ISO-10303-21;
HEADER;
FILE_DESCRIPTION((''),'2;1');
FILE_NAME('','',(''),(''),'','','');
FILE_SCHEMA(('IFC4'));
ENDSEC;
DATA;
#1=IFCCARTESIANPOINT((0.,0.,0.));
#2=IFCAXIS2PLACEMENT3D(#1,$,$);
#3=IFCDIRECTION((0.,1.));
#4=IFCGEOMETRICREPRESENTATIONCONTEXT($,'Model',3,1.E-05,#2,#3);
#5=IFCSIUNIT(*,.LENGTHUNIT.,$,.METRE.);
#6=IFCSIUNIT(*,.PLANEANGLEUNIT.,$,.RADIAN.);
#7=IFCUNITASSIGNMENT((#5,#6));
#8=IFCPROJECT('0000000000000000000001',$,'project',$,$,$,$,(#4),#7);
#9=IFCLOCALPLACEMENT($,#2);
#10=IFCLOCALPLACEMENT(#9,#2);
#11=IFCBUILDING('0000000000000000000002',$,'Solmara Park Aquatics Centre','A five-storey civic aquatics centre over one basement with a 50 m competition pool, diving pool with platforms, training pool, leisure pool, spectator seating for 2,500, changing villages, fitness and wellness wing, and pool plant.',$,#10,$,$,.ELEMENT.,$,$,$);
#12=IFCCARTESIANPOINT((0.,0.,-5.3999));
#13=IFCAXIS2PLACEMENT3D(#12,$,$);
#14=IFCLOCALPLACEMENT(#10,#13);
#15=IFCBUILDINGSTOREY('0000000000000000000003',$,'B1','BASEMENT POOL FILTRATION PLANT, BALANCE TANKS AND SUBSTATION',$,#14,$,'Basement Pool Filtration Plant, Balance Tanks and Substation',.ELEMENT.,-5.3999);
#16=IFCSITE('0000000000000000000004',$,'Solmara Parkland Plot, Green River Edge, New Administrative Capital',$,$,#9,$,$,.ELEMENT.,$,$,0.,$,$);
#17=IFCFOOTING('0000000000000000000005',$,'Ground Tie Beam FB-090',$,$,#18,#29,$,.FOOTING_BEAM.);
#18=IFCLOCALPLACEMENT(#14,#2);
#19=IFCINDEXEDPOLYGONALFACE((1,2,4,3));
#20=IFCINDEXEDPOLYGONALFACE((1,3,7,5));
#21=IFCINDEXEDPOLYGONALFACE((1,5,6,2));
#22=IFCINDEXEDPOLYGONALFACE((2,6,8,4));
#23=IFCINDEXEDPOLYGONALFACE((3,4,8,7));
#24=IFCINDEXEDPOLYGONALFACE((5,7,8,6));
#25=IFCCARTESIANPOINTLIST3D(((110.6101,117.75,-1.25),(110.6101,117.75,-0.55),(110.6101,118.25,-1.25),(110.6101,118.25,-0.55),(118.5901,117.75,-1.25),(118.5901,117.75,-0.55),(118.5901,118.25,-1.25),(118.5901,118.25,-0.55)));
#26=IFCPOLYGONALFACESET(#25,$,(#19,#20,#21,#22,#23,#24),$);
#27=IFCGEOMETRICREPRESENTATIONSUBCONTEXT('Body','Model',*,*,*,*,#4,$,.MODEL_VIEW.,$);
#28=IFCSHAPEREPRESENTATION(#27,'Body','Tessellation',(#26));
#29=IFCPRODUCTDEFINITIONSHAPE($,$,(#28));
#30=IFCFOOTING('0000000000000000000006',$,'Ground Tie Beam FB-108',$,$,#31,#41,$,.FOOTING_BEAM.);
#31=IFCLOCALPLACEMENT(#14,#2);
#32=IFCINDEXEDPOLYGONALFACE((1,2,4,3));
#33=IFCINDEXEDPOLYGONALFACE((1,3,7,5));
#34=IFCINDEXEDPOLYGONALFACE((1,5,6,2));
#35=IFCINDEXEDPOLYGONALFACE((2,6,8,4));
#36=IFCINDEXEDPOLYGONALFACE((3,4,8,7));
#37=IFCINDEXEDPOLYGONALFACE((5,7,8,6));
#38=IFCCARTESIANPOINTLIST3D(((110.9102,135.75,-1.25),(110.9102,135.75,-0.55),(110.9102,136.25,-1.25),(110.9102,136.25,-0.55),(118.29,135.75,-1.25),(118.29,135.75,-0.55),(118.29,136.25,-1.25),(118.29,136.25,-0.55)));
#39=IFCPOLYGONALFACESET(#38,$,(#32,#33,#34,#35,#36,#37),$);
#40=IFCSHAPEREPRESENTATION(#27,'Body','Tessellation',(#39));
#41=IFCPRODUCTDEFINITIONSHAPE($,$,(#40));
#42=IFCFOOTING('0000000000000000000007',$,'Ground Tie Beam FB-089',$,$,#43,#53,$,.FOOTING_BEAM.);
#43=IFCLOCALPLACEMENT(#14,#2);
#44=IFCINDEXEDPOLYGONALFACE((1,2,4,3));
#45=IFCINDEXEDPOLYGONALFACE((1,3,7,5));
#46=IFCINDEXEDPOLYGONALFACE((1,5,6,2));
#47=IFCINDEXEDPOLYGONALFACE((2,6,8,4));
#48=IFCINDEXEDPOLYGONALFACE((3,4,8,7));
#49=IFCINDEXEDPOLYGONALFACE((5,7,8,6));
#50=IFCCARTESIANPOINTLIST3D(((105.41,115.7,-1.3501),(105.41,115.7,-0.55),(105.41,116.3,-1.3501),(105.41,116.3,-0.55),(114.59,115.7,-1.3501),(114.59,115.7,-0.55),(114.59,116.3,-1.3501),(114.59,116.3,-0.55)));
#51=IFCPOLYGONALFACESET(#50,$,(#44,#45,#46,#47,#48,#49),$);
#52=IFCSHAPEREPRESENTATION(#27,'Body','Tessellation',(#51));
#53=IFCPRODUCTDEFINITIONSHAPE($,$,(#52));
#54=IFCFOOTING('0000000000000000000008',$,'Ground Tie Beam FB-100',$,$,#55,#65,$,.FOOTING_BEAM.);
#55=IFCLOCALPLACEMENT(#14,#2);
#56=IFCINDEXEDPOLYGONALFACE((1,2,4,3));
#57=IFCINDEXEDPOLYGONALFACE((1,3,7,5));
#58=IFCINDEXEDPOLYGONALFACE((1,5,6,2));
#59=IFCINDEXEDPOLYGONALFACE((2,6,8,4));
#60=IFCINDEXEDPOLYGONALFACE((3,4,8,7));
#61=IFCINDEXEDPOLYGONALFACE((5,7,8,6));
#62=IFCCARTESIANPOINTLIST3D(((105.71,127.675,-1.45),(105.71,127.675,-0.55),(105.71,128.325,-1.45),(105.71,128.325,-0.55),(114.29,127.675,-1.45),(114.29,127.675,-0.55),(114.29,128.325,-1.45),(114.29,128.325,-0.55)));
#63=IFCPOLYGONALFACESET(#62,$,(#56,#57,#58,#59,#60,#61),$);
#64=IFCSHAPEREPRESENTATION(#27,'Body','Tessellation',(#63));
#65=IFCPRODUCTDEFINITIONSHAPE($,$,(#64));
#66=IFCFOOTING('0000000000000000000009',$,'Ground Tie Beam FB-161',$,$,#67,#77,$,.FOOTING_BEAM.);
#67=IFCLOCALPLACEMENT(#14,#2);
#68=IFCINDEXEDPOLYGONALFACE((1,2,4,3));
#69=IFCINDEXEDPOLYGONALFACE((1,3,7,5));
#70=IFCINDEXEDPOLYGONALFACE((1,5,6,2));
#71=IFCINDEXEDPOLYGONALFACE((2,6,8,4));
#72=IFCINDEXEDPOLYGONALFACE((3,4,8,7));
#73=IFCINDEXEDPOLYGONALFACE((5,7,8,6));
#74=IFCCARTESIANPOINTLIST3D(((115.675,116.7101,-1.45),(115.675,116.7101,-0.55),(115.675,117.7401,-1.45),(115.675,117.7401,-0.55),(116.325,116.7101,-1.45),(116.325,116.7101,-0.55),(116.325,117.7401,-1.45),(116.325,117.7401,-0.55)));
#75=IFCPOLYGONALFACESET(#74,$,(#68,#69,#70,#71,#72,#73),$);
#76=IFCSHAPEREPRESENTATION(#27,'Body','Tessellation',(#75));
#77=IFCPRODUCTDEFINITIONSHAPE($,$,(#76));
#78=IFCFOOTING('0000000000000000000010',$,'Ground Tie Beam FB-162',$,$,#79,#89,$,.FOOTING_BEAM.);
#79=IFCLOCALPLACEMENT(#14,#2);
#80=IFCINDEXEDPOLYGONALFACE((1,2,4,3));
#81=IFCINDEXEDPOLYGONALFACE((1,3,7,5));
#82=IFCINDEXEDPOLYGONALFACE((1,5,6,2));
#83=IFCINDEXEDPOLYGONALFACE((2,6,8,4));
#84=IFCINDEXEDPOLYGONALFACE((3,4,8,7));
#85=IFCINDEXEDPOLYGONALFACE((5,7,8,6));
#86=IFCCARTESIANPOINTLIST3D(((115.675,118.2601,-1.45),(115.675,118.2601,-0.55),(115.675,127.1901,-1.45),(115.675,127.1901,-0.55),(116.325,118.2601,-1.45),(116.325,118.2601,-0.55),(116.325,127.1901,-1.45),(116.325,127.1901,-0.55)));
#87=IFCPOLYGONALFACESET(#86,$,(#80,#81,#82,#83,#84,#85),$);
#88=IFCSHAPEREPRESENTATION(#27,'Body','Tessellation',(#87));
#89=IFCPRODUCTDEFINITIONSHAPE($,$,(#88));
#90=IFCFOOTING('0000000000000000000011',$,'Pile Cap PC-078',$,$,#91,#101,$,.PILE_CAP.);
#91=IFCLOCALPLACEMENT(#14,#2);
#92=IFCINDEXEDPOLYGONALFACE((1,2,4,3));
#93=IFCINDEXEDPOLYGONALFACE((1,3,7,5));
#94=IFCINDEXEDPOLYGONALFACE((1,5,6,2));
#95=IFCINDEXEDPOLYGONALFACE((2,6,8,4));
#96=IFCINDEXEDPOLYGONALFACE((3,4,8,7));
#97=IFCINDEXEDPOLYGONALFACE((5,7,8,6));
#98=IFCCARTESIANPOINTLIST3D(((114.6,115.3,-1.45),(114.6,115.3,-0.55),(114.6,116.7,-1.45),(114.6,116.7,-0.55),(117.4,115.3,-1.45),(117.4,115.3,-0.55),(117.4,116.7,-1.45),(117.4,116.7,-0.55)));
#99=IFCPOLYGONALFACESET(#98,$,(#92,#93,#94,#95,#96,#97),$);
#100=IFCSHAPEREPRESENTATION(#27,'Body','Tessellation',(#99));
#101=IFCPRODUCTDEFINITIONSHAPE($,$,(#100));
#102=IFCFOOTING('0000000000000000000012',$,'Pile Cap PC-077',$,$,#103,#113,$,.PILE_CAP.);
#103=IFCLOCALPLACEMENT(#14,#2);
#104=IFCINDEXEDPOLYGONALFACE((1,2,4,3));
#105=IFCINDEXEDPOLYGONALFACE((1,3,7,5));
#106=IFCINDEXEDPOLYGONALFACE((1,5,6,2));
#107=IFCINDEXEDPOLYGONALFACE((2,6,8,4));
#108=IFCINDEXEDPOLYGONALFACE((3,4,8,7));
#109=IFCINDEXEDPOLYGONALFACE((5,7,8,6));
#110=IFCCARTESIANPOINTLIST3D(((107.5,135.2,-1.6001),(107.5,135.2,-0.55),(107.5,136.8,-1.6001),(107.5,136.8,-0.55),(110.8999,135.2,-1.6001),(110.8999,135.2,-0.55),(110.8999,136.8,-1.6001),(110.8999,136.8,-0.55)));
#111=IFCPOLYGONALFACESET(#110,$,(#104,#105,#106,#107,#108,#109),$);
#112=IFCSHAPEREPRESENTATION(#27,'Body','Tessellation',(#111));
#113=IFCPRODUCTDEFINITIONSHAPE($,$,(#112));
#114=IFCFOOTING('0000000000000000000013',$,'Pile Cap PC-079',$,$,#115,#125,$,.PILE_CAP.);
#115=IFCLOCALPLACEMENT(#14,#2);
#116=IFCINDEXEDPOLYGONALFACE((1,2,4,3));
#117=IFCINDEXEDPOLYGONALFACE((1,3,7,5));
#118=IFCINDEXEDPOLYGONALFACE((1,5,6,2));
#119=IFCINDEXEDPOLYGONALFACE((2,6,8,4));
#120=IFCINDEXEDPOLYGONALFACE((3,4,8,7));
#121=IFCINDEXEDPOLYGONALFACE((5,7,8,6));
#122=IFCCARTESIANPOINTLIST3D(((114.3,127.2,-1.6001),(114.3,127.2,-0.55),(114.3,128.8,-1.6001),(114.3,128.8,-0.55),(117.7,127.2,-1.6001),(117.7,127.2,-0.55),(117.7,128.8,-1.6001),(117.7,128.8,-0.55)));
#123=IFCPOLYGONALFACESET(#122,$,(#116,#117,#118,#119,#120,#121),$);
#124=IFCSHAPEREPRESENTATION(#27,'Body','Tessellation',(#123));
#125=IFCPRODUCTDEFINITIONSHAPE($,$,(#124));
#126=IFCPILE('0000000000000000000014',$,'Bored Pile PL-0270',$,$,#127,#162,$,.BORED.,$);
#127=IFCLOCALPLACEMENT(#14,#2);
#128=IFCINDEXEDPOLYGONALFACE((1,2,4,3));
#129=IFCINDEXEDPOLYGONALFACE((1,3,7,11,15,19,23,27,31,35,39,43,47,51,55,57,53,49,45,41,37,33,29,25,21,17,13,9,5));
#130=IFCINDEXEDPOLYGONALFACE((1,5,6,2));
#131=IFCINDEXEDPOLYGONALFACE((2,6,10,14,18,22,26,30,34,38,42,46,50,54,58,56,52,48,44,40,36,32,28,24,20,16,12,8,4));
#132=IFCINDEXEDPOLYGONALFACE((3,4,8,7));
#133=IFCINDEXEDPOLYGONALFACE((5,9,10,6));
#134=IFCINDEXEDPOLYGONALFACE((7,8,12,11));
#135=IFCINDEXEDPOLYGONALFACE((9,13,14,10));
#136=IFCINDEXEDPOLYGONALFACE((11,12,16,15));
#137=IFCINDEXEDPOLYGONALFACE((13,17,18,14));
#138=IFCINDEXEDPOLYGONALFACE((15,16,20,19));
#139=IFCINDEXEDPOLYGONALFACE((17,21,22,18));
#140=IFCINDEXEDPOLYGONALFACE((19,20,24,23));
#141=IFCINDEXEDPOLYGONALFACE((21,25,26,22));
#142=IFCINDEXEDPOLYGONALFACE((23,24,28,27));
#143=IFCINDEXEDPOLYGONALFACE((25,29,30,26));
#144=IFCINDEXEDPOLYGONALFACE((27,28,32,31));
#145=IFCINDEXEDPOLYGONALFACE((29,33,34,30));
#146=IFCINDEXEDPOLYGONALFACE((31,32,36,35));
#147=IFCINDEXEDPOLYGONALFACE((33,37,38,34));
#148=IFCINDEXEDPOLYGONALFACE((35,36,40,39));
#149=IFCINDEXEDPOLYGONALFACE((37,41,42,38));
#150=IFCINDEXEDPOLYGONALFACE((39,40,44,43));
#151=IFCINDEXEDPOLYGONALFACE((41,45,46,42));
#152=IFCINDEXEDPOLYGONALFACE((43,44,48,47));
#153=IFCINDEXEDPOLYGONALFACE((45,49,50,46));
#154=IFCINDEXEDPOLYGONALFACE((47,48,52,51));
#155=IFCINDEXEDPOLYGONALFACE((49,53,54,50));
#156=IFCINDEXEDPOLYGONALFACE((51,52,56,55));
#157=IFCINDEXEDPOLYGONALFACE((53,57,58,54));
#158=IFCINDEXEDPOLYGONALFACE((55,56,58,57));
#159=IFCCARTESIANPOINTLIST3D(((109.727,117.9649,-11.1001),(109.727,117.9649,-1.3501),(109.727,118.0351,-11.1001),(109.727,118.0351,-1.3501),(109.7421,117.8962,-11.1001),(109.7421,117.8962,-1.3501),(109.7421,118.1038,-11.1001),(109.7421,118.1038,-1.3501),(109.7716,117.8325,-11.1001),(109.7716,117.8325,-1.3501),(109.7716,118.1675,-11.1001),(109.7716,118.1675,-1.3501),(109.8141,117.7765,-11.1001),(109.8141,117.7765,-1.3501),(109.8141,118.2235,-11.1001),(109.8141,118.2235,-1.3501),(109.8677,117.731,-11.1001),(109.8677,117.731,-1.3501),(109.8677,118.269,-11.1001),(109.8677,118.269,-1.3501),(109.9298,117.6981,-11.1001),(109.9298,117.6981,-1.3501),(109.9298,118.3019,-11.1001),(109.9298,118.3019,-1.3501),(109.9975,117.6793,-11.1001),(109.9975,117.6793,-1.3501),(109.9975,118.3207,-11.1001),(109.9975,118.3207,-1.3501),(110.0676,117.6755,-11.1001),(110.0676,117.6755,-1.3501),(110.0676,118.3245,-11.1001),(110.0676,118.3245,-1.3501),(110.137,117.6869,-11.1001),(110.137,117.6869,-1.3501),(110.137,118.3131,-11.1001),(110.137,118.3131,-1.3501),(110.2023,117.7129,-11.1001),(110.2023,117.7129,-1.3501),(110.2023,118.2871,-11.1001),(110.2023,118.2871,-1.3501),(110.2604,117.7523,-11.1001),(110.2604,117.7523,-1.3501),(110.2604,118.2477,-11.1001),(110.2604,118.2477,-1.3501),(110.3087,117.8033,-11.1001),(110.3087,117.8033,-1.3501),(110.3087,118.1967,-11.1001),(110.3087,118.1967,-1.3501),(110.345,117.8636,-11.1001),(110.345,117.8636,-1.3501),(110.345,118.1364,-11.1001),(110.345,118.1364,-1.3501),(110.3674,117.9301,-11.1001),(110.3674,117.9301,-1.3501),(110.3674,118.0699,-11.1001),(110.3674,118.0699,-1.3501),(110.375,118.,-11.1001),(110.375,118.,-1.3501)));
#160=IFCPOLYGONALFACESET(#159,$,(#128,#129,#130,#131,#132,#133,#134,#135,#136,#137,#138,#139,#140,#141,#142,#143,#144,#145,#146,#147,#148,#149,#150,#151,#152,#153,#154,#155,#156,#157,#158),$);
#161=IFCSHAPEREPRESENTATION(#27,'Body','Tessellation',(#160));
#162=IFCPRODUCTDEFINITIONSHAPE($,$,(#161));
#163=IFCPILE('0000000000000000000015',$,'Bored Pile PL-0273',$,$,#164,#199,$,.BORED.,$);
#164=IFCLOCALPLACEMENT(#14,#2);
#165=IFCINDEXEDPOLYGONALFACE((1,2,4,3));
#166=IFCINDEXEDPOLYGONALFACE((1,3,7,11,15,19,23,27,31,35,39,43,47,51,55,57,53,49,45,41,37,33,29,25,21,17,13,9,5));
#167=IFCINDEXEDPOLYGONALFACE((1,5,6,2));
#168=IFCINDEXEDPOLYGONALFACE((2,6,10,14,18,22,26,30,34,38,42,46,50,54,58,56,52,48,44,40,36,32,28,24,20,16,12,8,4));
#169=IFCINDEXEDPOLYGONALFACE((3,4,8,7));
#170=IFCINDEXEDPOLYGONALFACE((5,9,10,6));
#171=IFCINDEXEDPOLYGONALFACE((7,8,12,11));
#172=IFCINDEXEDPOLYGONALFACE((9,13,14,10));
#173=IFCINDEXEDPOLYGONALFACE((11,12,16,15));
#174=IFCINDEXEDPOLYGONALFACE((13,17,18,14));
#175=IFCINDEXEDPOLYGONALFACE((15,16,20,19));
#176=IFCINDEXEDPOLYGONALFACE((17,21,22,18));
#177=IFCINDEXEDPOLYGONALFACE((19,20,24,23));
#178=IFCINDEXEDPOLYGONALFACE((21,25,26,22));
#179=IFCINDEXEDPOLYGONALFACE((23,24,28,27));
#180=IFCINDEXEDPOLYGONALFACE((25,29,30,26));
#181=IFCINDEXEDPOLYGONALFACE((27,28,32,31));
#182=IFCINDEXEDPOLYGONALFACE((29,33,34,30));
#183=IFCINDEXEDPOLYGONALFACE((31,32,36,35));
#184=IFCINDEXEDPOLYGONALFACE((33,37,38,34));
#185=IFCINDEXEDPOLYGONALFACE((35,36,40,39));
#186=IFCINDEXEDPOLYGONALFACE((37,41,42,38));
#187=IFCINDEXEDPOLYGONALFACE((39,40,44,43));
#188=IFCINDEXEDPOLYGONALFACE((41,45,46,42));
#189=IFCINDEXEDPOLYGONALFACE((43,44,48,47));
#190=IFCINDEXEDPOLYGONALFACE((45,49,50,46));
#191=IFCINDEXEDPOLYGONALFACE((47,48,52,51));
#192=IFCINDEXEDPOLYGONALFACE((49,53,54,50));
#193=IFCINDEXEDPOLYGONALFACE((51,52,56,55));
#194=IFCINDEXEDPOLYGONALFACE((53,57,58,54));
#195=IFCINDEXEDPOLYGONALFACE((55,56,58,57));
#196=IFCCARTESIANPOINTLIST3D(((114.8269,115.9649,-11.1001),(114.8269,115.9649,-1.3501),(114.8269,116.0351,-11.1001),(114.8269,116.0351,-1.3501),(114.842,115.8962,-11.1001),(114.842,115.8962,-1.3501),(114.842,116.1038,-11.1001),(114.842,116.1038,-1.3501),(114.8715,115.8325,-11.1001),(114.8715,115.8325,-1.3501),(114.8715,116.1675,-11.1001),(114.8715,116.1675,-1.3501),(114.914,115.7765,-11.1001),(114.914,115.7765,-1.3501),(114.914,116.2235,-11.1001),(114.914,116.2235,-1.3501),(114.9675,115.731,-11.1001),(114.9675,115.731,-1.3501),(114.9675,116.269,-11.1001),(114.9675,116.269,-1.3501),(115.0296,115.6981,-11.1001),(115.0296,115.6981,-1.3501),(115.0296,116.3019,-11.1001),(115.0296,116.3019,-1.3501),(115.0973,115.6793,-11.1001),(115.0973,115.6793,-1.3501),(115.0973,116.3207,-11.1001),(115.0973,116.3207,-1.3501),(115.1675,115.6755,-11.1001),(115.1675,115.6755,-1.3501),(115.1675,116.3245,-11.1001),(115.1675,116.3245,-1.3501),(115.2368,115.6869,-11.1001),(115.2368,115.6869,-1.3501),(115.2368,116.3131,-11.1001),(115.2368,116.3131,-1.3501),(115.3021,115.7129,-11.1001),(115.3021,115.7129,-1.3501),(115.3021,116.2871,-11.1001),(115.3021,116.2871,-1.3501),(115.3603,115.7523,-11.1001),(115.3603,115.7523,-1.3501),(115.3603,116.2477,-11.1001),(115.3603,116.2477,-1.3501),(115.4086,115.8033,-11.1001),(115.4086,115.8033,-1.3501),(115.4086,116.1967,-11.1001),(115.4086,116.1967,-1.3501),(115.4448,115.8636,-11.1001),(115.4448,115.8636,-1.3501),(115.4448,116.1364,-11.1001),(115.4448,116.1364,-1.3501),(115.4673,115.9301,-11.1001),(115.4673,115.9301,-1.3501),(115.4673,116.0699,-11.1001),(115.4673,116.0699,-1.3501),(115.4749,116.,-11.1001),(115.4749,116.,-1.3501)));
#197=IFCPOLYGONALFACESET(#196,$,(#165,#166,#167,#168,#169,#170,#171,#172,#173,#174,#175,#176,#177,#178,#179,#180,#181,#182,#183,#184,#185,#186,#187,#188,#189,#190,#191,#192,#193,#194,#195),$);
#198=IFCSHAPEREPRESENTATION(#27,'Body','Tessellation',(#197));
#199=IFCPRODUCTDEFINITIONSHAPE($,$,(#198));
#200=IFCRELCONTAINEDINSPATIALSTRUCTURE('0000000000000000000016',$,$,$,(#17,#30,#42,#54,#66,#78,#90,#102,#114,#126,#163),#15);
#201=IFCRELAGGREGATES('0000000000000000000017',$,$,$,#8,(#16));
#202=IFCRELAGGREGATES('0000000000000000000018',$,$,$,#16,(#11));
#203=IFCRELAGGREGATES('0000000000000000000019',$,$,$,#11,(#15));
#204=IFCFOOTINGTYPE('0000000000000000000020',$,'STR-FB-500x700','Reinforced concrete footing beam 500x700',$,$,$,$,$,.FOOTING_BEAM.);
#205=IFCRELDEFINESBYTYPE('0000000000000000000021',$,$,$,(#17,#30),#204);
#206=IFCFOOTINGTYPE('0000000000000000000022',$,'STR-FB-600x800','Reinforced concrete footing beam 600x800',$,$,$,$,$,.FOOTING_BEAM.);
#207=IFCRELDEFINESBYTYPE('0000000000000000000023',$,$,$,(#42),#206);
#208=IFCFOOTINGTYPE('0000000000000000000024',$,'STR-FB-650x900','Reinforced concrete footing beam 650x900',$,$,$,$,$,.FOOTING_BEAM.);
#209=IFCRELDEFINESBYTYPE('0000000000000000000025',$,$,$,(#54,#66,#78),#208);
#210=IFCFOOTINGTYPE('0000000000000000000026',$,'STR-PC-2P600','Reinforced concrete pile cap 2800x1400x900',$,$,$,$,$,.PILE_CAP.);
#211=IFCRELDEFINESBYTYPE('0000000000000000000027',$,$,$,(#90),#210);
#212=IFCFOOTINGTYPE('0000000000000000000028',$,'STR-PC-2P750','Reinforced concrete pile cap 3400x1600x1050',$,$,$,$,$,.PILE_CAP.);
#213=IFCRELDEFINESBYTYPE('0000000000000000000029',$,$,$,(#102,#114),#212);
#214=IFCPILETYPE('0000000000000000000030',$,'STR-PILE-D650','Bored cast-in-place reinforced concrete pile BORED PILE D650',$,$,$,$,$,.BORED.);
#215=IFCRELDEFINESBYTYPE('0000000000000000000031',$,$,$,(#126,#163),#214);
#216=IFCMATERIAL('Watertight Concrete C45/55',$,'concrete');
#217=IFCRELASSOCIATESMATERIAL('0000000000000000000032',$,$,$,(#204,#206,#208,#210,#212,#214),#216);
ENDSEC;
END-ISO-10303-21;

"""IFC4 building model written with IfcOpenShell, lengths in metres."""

from ifc_helpers import new_model, si_unit, direction, frame, origin, origin_2d, place, context, subcontext, project, spatial, rectangle, circle, extrude, material, material_profile, profile_set, type_object, element, save


model = new_model("IFC4")

# Units and contexts
model_context = context("Model", 3, precision=1e-05, world=origin(), true_north=direction((0.0, 1.0)))
body_context = subcontext(model_context, "Body", "Model", "MODEL_VIEW")
ifc_project = project(units=[si_unit("LENGTHUNIT", "METRE"), si_unit("PLANEANGLEUNIT", "RADIAN")], contexts=[model_context])

# Site, building, storey
site_placement = place(None, origin())
site = spatial("IfcSite", under=ifc_project, at=site_placement, Name="Solmara Parkland Plot, Green River Edge, New Administrative Capital", CompositionType="ELEMENT", RefElevation=0.0)
building_placement = place(site_placement, origin())
building = spatial("IfcBuilding", under=site, at=building_placement, Name="Solmara Park Aquatics Centre", Description="A five-storey civic aquatics centre over one basement with a 50 m competition pool, diving pool with platforms, training pool, leisure pool, spectator seating for 2,500, changing villages, fitness and wellness wing, and pool plant.", CompositionType="ELEMENT")
storey_placement = place(building_placement, frame((0.0, 0.0, -5.3999)))
storey = spatial("IfcBuildingStorey", under=building, at=storey_placement, Name="B1", Description="BASEMENT POOL FILTRATION PLANT, BALANCE TANKS AND SUBSTATION", LongName="Basement Pool Filtration Plant, Balance Tanks and Substation", CompositionType="ELEMENT", Elevation=-5.3999)

# Footings
ifc_material_1 = material(Name="Watertight Concrete C45/55", Category="concrete")
footing_type_1 = type_object("IfcFootingType", Name="STR-FB-500x700", Description="Reinforced concrete footing beam 500x700", PredefinedType="FOOTING_BEAM", material=ifc_material_1)
footing_1_placement = place(storey_placement, frame((114.6001, 118.0, -1.25), z_axis=(0.0, 0.0, 1.0), x_axis=(1.0, 0.0, 0.0)))
element("IfcFooting", 1, at=footing_1_placement, inside=storey, type_object=footing_type_1, Name="Ground Tie Beam FB-090", PredefinedType="FOOTING_BEAM", context=body_context, shape_type="SweptSolid", body=[
    extrude(rectangle(XDim=7.98, YDim=0.5, at=origin_2d()), origin(), (0.0, 0.0, 1.0), 0.7),
])
footing_2_placement = place(storey_placement, frame((114.6001, 136.0, -1.25), z_axis=(0.0, 0.0, 1.0), x_axis=(1.0, 0.0, 0.0)))
element("IfcFooting", 2, at=footing_2_placement, inside=storey, type_object=footing_type_1, Name="Ground Tie Beam FB-108", PredefinedType="FOOTING_BEAM", context=body_context, shape_type="SweptSolid", body=[
    extrude(rectangle(XDim=7.3799, YDim=0.5, at=origin_2d()), origin(), (0.0, 0.0, 1.0), 0.7),
])
footing_type_2 = type_object("IfcFootingType", Name="STR-FB-600x800", Description="Reinforced concrete footing beam 600x800", PredefinedType="FOOTING_BEAM", material=ifc_material_1)
footing_3_placement = place(storey_placement, frame((110.0, 116.0, -1.3501), z_axis=(0.0, 0.0, 1.0), x_axis=(1.0, 0.0, 0.0)))
element("IfcFooting", 3, at=footing_3_placement, inside=storey, type_object=footing_type_2, Name="Ground Tie Beam FB-089", PredefinedType="FOOTING_BEAM", context=body_context, shape_type="SweptSolid", body=[
    extrude(rectangle(XDim=9.1799, YDim=0.6001, at=origin_2d()), origin(), (0.0, 0.0, 1.0), 0.8),
])
footing_type_3 = type_object("IfcFootingType", Name="STR-FB-650x900", Description="Reinforced concrete footing beam 650x900", PredefinedType="FOOTING_BEAM", material=ifc_material_1)
footing_4_placement = place(storey_placement, frame((110.0, 128.0, -1.45), z_axis=(0.0, 0.0, 1.0), x_axis=(1.0, 0.0, 0.0)))
element("IfcFooting", 4, at=footing_4_placement, inside=storey, type_object=footing_type_3, Name="Ground Tie Beam FB-100", PredefinedType="FOOTING_BEAM", context=body_context, shape_type="SweptSolid", body=[
    extrude(rectangle(XDim=8.5801, YDim=0.6499, at=origin_2d()), origin(), (0.0, 0.0, 1.0), 0.8999),
])
footing_5_placement = place(storey_placement, frame((116.0, 117.2251, -1.45), z_axis=(0.0, 0.0, 1.0), x_axis=(1.0, 0.0, 0.0)))
element("IfcFooting", 5, at=footing_5_placement, inside=storey, type_object=footing_type_3, Name="Ground Tie Beam FB-161", PredefinedType="FOOTING_BEAM", context=body_context, shape_type="SweptSolid", body=[
    extrude(rectangle(XDim=0.6499, YDim=1.03, at=origin_2d()), origin(), (0.0, 0.0, 1.0), 0.8999),
])
footing_6_placement = place(storey_placement, frame((116.0, 122.7251, -1.45), z_axis=(0.0, 0.0, 1.0), x_axis=(1.0, 0.0, 0.0)))
element("IfcFooting", 6, at=footing_6_placement, inside=storey, type_object=footing_type_3, Name="Ground Tie Beam FB-162", PredefinedType="FOOTING_BEAM", context=body_context, shape_type="SweptSolid", body=[
    extrude(rectangle(XDim=0.6499, YDim=8.9299, at=origin_2d()), origin(), (0.0, 0.0, 1.0), 0.8999),
])
footing_type_4 = type_object("IfcFootingType", Name="STR-PC-2P600", Description="Reinforced concrete pile cap 2800x1400x900", PredefinedType="PILE_CAP", material=ifc_material_1)
footing_7_placement = place(storey_placement, frame((116.0, 116.0, -1.45), z_axis=(0.0, 0.0, 1.0), x_axis=(1.0, 0.0, 0.0)))
element("IfcFooting", 7, at=footing_7_placement, inside=storey, type_object=footing_type_4, Name="Pile Cap PC-078", PredefinedType="PILE_CAP", context=body_context, shape_type="SweptSolid", body=[
    extrude(rectangle(XDim=2.8, YDim=1.3999, at=origin_2d()), origin(), (0.0, 0.0, 1.0), 0.8999),
])
footing_type_5 = type_object("IfcFootingType", Name="STR-PC-2P750", Description="Reinforced concrete pile cap 3400x1600x1050", PredefinedType="PILE_CAP", material=ifc_material_1)
for number, where, z_axis, x_axis, name in (
    (8, (109.2, 136.0, -1.6001), (0.0, 0.0, 1.0), (1.0, 0.0, 0.0), "Pile Cap PC-077"),
    (9, (116.0, 128.0, -1.6001), (0.0, 0.0, 1.0), (1.0, 0.0, 0.0), "Pile Cap PC-079"),
):
    element("IfcFooting", number, at=place(storey_placement, frame(where, z_axis=z_axis, x_axis=x_axis)), inside=storey, type_object=footing_type_5, Name=name, PredefinedType="PILE_CAP", context=body_context, shape_type="SweptSolid", body=[
        extrude(rectangle(XDim=3.3999, YDim=1.6001, at=origin_2d()), origin(), (0.0, 0.0, 1.0), 1.05),
    ])

# Piles
ifc_material_profile_1 = material_profile(ifc_material_1, circle(Radius=0.325, at=origin_2d()), Name="BORED PILE D650")
ifc_profile_set_1 = profile_set([ifc_material_profile_1], Name="Watertight Concrete C45/55")
pile_type_1 = type_object("IfcPileType", Name="STR-PILE-D650", Description="Bored cast-in-place reinforced concrete pile BORED PILE D650", PredefinedType="BORED", material=ifc_profile_set_1)
for number, where, z_axis, x_axis, name in (
    (10, (110.05, 118.0, -1.3501), (0.0, 0.0, -1.0), (1.0, 0.0, 0.0), "Bored Pile PL-0270"),
    (11, (115.1499, 116.0, -1.3501), (0.0, 0.0, -1.0), (1.0, 0.0, 0.0), "Bored Pile PL-0273"),
):
    element("IfcPile", number, at=place(storey_placement, frame(where, z_axis=z_axis, x_axis=x_axis)), inside=storey, type_object=pile_type_1, Name=name, PredefinedType="BORED", context=body_context, shape_type="SweptSolid", body=[
        extrude(circle(Radius=0.325, at=origin_2d()), origin(), (0.0, 0.0, 1.0), 9.75),
    ])

save(model, "model.ifc")
